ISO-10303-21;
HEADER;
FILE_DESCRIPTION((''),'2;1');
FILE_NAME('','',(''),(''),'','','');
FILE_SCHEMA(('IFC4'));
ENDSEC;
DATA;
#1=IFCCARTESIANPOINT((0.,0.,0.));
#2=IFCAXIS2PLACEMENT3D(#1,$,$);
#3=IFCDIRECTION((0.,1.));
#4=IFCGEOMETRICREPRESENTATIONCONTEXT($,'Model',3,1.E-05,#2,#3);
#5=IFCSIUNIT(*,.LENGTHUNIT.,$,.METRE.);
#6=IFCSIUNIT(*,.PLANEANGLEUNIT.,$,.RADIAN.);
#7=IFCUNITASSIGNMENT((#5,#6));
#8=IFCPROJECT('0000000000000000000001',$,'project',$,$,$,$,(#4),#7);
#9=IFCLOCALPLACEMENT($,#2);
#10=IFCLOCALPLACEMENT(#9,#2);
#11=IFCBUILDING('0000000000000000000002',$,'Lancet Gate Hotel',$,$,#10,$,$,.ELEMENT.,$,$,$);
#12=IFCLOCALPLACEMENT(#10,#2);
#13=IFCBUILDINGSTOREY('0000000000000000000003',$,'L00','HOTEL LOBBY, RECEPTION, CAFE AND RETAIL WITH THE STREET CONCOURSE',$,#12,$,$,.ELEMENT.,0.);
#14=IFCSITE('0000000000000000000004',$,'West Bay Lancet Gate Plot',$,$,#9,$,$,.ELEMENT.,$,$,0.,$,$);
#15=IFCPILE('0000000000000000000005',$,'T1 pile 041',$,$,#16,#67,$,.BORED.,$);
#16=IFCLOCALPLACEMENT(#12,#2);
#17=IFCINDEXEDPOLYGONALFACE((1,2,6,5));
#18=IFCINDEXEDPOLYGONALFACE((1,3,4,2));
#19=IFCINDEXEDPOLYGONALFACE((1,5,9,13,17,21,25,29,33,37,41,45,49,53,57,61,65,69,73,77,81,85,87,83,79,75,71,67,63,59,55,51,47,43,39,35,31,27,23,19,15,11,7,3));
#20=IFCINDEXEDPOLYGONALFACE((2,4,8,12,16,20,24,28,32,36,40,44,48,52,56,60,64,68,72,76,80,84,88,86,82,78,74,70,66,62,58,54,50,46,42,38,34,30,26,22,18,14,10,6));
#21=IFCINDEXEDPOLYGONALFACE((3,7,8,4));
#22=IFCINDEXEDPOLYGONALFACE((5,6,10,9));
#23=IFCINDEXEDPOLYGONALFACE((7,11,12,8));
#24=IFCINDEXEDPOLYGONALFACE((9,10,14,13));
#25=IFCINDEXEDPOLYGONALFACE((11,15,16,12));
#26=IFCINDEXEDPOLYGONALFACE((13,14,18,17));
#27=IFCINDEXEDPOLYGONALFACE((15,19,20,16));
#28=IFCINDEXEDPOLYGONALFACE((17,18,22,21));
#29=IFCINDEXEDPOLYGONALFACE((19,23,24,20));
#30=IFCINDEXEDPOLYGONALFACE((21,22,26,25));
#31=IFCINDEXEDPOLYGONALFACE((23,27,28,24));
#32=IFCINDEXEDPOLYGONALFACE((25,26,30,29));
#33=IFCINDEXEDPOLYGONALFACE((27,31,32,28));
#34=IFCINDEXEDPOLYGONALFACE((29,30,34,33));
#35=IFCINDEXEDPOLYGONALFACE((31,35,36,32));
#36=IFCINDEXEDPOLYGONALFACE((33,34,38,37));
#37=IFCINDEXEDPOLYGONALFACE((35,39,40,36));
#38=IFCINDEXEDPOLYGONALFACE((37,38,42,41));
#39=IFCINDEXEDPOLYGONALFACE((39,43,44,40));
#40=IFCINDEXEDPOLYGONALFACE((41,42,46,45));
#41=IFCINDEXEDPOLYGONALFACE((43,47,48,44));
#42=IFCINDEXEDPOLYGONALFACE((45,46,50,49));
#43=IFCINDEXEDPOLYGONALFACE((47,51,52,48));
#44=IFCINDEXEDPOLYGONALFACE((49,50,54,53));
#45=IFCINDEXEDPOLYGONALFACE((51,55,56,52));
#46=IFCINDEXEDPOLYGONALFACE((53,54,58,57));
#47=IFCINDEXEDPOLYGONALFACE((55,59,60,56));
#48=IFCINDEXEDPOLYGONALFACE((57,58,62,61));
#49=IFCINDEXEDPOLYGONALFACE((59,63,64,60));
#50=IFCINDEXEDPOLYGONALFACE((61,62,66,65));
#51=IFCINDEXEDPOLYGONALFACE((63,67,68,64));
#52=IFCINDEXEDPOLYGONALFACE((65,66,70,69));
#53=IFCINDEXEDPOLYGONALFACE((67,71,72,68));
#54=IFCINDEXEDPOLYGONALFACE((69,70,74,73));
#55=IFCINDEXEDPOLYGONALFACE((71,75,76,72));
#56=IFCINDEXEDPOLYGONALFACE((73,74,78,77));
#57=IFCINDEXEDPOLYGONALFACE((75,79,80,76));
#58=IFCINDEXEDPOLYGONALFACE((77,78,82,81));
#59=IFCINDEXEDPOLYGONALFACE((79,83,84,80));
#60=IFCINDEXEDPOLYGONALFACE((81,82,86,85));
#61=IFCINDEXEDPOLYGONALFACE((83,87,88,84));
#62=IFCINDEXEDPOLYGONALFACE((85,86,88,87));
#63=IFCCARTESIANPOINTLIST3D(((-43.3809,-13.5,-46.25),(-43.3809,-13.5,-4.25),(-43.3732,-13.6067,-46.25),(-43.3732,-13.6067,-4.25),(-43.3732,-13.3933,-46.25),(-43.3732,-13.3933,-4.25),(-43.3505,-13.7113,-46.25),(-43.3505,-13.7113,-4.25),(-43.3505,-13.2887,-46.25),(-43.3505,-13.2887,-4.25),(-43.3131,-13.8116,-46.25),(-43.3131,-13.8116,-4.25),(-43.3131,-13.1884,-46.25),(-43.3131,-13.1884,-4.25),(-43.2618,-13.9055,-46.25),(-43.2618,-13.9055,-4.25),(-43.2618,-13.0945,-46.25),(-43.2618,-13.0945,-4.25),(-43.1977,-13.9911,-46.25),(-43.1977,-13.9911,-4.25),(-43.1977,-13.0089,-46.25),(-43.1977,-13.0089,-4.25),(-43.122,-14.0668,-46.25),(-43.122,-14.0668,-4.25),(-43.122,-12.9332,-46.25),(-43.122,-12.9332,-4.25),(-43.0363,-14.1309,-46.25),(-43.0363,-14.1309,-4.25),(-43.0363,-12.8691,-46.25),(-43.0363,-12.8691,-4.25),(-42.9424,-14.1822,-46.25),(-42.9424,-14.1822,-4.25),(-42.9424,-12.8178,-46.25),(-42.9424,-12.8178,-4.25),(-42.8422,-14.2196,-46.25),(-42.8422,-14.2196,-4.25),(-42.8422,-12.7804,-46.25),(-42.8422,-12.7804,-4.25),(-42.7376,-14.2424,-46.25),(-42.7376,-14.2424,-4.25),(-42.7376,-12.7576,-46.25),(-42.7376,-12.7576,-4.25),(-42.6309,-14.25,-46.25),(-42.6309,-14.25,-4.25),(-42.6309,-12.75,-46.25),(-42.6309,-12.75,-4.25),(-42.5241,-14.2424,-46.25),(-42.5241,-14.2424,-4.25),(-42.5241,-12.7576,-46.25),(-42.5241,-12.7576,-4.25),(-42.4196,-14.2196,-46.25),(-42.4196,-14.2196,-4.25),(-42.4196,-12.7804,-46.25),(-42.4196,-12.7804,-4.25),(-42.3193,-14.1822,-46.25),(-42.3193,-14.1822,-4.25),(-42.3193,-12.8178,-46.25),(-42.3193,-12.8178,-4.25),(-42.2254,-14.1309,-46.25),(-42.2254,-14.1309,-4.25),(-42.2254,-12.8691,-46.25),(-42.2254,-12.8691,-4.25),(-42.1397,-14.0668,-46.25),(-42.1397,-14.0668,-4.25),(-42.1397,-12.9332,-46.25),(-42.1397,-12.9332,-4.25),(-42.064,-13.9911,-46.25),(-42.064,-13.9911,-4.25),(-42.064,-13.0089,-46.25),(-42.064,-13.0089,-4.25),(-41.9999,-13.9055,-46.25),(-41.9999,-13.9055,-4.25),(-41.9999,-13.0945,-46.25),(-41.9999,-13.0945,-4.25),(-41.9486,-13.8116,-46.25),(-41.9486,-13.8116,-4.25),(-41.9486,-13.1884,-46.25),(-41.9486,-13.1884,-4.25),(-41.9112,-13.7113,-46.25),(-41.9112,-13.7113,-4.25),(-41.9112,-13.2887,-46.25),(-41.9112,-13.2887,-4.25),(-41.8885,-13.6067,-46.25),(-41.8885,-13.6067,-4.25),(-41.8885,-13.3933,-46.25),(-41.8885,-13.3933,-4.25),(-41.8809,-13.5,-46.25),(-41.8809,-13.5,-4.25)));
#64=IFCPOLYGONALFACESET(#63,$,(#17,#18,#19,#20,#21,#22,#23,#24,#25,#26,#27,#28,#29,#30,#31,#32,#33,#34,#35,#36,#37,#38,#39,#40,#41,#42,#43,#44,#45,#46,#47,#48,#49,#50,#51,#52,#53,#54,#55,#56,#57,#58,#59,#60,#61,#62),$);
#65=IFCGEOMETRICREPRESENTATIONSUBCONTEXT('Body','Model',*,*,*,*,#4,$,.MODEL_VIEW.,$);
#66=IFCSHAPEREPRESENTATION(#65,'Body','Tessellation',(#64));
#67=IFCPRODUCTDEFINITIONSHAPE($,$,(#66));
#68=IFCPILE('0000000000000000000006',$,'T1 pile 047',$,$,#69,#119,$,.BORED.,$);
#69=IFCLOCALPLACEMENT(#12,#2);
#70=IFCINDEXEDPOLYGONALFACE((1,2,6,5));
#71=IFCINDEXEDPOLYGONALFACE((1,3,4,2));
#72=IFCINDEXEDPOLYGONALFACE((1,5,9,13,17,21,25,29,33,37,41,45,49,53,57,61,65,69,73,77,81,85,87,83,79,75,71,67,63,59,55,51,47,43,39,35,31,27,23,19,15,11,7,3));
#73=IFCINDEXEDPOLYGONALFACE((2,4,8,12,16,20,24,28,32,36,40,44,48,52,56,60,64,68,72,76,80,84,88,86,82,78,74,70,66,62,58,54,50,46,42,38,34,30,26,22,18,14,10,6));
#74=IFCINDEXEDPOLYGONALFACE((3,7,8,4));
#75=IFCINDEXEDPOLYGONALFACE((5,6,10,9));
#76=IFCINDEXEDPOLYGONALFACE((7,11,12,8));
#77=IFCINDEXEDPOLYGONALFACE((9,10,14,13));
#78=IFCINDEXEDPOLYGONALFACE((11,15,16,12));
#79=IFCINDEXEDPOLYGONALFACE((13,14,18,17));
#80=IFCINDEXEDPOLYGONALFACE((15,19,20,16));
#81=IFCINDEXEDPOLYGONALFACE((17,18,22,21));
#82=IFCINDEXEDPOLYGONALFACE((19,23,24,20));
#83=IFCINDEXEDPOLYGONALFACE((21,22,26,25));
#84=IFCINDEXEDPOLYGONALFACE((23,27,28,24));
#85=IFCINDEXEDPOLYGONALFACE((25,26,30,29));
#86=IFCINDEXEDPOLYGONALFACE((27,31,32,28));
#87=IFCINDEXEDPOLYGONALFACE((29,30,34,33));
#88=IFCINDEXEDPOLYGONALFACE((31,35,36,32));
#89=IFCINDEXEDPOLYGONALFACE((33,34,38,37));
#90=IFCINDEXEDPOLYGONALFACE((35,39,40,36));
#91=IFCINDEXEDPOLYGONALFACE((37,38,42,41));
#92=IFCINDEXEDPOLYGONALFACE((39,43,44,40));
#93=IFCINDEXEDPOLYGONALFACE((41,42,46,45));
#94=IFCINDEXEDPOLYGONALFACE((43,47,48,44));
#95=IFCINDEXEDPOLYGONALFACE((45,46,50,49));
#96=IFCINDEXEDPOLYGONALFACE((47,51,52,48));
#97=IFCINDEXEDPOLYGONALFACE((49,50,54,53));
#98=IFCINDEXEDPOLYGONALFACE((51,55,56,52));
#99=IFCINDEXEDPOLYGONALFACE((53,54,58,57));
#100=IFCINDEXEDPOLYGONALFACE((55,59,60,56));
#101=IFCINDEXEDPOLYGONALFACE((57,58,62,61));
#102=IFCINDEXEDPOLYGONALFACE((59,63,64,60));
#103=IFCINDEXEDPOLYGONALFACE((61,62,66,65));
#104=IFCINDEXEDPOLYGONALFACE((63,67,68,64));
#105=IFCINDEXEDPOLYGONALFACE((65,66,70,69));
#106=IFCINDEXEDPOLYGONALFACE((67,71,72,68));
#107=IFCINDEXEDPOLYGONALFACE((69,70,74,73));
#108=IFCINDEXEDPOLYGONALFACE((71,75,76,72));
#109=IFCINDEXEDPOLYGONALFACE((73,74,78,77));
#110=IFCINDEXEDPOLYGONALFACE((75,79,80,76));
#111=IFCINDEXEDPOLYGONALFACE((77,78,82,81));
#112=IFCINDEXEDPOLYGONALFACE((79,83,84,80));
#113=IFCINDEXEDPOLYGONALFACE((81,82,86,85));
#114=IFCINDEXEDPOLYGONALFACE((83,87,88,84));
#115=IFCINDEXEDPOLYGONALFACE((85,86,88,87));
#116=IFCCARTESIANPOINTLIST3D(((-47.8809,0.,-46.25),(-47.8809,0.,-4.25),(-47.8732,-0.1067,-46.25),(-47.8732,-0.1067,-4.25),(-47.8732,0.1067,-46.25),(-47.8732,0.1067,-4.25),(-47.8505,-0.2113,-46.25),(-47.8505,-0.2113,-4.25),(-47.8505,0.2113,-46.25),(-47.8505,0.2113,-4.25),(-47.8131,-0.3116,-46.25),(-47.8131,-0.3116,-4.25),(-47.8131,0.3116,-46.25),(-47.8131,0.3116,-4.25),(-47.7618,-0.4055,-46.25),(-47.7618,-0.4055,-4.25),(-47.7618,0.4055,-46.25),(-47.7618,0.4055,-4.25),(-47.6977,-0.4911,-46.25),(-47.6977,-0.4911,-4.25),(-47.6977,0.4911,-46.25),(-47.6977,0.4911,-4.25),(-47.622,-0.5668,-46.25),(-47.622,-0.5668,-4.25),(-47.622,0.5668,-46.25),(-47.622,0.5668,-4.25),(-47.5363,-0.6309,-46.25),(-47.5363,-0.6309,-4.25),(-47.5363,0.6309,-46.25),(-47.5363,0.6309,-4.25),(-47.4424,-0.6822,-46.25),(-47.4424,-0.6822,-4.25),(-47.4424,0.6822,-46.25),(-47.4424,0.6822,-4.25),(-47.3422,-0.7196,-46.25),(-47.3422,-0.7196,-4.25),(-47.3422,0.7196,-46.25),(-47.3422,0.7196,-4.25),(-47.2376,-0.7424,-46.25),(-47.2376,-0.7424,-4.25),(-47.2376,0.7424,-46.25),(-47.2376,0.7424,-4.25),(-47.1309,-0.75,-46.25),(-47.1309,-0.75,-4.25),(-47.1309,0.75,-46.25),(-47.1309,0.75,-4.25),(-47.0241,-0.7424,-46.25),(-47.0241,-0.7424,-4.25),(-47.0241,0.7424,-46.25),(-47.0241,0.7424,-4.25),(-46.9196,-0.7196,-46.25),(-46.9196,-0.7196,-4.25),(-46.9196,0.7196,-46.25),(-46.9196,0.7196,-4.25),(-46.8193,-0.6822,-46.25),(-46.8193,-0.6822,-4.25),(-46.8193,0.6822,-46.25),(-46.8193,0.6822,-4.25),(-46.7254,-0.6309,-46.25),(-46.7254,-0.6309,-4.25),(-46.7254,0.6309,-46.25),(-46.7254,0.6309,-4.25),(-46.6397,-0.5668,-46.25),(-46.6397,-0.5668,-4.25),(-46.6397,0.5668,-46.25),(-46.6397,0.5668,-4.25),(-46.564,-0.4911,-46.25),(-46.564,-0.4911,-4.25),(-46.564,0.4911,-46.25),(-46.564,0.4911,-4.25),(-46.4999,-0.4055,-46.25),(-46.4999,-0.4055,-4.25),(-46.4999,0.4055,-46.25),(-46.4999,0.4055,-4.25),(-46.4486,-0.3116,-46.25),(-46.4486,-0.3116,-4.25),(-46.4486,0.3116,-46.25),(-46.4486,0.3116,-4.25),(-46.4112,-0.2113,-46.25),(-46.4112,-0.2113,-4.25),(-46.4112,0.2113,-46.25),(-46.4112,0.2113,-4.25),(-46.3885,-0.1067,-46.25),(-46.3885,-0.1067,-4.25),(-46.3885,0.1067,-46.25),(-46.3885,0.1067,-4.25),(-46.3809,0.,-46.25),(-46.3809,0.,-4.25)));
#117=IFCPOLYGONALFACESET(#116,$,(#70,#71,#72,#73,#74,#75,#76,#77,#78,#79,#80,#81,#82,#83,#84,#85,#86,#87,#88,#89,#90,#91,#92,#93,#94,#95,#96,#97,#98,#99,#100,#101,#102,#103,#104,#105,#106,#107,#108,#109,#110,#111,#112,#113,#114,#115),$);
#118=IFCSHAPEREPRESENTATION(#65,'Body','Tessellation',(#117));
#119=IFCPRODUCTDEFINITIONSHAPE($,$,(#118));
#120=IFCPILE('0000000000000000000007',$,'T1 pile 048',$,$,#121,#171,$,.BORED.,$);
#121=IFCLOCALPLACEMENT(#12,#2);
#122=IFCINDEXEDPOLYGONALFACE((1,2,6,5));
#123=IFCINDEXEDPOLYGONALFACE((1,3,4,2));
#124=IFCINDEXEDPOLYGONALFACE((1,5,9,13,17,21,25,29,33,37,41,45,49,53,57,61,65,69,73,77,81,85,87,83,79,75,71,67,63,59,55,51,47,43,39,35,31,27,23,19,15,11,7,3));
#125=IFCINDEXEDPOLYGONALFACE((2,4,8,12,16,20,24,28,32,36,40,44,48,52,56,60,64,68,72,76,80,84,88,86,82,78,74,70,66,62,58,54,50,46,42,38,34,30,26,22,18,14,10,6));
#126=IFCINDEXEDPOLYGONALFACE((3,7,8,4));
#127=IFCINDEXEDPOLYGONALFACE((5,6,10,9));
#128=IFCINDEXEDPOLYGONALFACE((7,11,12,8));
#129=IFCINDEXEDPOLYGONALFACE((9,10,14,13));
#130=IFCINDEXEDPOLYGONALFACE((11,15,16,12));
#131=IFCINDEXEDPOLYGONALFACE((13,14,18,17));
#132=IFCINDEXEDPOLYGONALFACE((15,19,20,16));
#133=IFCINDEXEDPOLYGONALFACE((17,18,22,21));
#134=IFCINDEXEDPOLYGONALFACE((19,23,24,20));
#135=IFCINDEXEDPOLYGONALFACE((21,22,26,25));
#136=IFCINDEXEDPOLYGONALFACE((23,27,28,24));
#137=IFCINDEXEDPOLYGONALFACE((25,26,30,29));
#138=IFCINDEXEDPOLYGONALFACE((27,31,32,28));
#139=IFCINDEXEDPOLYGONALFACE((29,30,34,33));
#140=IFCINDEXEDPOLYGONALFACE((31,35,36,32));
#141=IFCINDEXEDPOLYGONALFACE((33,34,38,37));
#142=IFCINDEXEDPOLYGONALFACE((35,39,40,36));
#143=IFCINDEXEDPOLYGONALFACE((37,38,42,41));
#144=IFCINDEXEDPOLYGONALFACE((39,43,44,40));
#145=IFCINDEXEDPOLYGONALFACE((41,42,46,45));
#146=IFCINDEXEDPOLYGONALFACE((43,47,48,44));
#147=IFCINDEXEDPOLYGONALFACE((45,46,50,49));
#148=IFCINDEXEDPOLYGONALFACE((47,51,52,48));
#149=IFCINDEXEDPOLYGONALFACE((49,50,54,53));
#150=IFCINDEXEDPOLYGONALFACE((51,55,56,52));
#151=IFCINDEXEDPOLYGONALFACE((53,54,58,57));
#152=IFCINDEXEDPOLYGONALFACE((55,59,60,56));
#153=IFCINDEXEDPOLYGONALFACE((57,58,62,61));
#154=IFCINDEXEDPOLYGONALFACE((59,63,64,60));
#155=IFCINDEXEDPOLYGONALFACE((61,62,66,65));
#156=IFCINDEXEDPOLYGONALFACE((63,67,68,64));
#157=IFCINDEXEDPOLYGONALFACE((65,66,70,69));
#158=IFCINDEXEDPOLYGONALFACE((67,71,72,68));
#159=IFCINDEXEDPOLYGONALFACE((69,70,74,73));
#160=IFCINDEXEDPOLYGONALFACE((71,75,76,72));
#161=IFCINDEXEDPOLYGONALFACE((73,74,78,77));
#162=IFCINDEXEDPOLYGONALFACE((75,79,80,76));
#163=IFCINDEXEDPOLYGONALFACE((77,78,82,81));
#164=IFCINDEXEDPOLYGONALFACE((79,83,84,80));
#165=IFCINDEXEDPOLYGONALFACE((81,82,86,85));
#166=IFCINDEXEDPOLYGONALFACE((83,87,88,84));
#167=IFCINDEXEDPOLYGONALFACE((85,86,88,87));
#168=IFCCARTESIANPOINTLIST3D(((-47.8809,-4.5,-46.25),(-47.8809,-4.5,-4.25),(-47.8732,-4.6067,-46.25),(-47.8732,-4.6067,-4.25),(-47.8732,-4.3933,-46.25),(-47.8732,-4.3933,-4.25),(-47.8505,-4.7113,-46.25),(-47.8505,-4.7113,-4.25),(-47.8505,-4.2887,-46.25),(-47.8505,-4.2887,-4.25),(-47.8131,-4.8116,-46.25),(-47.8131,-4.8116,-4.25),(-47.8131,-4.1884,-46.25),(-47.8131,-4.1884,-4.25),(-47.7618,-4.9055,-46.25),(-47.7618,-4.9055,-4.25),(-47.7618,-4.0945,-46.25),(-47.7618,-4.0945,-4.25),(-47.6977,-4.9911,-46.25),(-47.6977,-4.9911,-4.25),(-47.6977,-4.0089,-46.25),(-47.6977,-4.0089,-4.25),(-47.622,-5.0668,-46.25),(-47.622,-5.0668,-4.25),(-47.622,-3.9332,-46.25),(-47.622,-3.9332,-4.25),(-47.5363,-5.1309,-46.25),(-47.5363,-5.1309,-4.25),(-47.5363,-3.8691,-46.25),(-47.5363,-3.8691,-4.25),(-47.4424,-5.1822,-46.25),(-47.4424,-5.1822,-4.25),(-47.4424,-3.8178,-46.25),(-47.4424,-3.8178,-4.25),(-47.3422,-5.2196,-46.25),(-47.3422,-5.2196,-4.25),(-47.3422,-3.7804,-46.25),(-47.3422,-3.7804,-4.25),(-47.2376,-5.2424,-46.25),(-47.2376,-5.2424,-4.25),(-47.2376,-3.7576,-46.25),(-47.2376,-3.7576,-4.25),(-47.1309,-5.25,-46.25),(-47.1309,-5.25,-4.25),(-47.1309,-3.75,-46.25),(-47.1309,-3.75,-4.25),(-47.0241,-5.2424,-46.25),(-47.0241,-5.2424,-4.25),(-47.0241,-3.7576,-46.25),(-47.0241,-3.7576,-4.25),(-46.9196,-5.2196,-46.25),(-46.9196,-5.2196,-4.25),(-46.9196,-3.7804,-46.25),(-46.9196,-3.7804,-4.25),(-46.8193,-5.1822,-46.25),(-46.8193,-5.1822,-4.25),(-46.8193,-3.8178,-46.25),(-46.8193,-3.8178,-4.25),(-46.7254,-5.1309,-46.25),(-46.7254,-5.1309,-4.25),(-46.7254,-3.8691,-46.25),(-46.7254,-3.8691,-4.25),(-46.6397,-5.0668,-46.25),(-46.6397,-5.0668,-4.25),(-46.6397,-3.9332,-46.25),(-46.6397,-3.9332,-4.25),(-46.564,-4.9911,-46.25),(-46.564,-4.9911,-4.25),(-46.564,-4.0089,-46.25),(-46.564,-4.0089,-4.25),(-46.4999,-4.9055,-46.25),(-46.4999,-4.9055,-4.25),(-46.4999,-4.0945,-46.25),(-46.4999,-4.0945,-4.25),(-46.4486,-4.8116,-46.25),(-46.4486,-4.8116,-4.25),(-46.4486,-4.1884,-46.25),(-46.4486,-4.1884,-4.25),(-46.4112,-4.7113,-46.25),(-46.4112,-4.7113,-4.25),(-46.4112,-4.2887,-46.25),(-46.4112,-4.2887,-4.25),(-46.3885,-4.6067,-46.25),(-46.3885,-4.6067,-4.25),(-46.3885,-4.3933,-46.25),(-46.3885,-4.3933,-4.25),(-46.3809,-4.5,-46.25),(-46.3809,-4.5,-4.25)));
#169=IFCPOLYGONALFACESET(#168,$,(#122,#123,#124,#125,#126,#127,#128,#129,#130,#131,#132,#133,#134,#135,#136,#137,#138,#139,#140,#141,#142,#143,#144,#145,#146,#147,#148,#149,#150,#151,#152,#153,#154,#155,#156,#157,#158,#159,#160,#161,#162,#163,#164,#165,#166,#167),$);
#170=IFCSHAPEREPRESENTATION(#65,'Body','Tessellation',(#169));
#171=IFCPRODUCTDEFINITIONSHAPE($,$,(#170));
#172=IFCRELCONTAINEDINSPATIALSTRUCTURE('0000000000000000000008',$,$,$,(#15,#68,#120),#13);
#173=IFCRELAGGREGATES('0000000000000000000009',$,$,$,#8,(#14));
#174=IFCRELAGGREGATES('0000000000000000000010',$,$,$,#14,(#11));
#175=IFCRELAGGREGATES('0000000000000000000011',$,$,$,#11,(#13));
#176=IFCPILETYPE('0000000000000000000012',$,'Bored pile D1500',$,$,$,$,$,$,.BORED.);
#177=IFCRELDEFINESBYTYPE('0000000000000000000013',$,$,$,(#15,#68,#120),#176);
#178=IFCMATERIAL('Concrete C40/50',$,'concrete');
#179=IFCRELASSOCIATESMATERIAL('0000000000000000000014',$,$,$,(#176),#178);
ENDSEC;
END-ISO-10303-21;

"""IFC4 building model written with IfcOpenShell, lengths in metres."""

from ifc_helpers import new_model, si_unit, direction, frame, origin, origin_2d, place, context, subcontext, project, spatial, circle, extrude, material, material_profile, profile_set, type_object, element, save


model = new_model("IFC4")

# Units and contexts
model_context = context("Model", 3, precision=1e-05, world=origin(), true_north=direction((0.0, 1.0)))
body_context = subcontext(model_context, "Body", "Model", "MODEL_VIEW")
ifc_project = project(units=[si_unit("LENGTHUNIT", "METRE"), si_unit("PLANEANGLEUNIT", "RADIAN")], contexts=[model_context])

# Site, building, storey
site_placement = place(None, origin())
site = spatial("IfcSite", under=ifc_project, at=site_placement, Name="West Bay Lancet Gate Plot", CompositionType="ELEMENT", RefElevation=0.0)
building_placement = place(site_placement, origin())
building = spatial("IfcBuilding", under=site, at=building_placement, Name="Lancet Gate Hotel", CompositionType="ELEMENT")
storey_placement = place(building_placement, origin())
storey = spatial("IfcBuildingStorey", under=building, at=storey_placement, Name="L00", Description="HOTEL LOBBY, RECEPTION, CAFE AND RETAIL WITH THE STREET CONCOURSE", CompositionType="ELEMENT", Elevation=0.0)

# Piles
ifc_material_1 = material(Name="Concrete C40/50", Category="concrete")
ifc_material_profile_1 = material_profile(ifc_material_1, circle(Radius=0.75, at=origin_2d()), Name="PILE D1500")
ifc_profile_set_1 = profile_set([ifc_material_profile_1], Name="Concrete C40/50")
pile_type = type_object("IfcPileType", Name="Bored pile D1500", PredefinedType="BORED", material=ifc_profile_set_1)
for number, where, z_axis, x_axis, name in (
    (1, (-42.6309, -13.5, -4.25), (0.0, 0.0, -1.0), (1.0, 0.0, 0.0), "T1 pile 041"),
    (2, (-47.1309, 0.0, -4.25), (0.0, 0.0, -1.0), (1.0, 0.0, 0.0), "T1 pile 047"),
    (3, (-47.1309, -4.5, -4.25), (0.0, 0.0, -1.0), (1.0, 0.0, 0.0), "T1 pile 048"),
):
    element("IfcPile", number, at=place(storey_placement, frame(where, z_axis=z_axis, x_axis=x_axis)), inside=storey, type_object=pile_type, Name=name, PredefinedType="BORED", context=body_context, shape_type="SweptSolid", body=[
        extrude(circle(Radius=0.75, at=origin_2d()), origin(), (0.0, 0.0, 1.0), 42.0),
    ])

save(model, "model.ifc")
